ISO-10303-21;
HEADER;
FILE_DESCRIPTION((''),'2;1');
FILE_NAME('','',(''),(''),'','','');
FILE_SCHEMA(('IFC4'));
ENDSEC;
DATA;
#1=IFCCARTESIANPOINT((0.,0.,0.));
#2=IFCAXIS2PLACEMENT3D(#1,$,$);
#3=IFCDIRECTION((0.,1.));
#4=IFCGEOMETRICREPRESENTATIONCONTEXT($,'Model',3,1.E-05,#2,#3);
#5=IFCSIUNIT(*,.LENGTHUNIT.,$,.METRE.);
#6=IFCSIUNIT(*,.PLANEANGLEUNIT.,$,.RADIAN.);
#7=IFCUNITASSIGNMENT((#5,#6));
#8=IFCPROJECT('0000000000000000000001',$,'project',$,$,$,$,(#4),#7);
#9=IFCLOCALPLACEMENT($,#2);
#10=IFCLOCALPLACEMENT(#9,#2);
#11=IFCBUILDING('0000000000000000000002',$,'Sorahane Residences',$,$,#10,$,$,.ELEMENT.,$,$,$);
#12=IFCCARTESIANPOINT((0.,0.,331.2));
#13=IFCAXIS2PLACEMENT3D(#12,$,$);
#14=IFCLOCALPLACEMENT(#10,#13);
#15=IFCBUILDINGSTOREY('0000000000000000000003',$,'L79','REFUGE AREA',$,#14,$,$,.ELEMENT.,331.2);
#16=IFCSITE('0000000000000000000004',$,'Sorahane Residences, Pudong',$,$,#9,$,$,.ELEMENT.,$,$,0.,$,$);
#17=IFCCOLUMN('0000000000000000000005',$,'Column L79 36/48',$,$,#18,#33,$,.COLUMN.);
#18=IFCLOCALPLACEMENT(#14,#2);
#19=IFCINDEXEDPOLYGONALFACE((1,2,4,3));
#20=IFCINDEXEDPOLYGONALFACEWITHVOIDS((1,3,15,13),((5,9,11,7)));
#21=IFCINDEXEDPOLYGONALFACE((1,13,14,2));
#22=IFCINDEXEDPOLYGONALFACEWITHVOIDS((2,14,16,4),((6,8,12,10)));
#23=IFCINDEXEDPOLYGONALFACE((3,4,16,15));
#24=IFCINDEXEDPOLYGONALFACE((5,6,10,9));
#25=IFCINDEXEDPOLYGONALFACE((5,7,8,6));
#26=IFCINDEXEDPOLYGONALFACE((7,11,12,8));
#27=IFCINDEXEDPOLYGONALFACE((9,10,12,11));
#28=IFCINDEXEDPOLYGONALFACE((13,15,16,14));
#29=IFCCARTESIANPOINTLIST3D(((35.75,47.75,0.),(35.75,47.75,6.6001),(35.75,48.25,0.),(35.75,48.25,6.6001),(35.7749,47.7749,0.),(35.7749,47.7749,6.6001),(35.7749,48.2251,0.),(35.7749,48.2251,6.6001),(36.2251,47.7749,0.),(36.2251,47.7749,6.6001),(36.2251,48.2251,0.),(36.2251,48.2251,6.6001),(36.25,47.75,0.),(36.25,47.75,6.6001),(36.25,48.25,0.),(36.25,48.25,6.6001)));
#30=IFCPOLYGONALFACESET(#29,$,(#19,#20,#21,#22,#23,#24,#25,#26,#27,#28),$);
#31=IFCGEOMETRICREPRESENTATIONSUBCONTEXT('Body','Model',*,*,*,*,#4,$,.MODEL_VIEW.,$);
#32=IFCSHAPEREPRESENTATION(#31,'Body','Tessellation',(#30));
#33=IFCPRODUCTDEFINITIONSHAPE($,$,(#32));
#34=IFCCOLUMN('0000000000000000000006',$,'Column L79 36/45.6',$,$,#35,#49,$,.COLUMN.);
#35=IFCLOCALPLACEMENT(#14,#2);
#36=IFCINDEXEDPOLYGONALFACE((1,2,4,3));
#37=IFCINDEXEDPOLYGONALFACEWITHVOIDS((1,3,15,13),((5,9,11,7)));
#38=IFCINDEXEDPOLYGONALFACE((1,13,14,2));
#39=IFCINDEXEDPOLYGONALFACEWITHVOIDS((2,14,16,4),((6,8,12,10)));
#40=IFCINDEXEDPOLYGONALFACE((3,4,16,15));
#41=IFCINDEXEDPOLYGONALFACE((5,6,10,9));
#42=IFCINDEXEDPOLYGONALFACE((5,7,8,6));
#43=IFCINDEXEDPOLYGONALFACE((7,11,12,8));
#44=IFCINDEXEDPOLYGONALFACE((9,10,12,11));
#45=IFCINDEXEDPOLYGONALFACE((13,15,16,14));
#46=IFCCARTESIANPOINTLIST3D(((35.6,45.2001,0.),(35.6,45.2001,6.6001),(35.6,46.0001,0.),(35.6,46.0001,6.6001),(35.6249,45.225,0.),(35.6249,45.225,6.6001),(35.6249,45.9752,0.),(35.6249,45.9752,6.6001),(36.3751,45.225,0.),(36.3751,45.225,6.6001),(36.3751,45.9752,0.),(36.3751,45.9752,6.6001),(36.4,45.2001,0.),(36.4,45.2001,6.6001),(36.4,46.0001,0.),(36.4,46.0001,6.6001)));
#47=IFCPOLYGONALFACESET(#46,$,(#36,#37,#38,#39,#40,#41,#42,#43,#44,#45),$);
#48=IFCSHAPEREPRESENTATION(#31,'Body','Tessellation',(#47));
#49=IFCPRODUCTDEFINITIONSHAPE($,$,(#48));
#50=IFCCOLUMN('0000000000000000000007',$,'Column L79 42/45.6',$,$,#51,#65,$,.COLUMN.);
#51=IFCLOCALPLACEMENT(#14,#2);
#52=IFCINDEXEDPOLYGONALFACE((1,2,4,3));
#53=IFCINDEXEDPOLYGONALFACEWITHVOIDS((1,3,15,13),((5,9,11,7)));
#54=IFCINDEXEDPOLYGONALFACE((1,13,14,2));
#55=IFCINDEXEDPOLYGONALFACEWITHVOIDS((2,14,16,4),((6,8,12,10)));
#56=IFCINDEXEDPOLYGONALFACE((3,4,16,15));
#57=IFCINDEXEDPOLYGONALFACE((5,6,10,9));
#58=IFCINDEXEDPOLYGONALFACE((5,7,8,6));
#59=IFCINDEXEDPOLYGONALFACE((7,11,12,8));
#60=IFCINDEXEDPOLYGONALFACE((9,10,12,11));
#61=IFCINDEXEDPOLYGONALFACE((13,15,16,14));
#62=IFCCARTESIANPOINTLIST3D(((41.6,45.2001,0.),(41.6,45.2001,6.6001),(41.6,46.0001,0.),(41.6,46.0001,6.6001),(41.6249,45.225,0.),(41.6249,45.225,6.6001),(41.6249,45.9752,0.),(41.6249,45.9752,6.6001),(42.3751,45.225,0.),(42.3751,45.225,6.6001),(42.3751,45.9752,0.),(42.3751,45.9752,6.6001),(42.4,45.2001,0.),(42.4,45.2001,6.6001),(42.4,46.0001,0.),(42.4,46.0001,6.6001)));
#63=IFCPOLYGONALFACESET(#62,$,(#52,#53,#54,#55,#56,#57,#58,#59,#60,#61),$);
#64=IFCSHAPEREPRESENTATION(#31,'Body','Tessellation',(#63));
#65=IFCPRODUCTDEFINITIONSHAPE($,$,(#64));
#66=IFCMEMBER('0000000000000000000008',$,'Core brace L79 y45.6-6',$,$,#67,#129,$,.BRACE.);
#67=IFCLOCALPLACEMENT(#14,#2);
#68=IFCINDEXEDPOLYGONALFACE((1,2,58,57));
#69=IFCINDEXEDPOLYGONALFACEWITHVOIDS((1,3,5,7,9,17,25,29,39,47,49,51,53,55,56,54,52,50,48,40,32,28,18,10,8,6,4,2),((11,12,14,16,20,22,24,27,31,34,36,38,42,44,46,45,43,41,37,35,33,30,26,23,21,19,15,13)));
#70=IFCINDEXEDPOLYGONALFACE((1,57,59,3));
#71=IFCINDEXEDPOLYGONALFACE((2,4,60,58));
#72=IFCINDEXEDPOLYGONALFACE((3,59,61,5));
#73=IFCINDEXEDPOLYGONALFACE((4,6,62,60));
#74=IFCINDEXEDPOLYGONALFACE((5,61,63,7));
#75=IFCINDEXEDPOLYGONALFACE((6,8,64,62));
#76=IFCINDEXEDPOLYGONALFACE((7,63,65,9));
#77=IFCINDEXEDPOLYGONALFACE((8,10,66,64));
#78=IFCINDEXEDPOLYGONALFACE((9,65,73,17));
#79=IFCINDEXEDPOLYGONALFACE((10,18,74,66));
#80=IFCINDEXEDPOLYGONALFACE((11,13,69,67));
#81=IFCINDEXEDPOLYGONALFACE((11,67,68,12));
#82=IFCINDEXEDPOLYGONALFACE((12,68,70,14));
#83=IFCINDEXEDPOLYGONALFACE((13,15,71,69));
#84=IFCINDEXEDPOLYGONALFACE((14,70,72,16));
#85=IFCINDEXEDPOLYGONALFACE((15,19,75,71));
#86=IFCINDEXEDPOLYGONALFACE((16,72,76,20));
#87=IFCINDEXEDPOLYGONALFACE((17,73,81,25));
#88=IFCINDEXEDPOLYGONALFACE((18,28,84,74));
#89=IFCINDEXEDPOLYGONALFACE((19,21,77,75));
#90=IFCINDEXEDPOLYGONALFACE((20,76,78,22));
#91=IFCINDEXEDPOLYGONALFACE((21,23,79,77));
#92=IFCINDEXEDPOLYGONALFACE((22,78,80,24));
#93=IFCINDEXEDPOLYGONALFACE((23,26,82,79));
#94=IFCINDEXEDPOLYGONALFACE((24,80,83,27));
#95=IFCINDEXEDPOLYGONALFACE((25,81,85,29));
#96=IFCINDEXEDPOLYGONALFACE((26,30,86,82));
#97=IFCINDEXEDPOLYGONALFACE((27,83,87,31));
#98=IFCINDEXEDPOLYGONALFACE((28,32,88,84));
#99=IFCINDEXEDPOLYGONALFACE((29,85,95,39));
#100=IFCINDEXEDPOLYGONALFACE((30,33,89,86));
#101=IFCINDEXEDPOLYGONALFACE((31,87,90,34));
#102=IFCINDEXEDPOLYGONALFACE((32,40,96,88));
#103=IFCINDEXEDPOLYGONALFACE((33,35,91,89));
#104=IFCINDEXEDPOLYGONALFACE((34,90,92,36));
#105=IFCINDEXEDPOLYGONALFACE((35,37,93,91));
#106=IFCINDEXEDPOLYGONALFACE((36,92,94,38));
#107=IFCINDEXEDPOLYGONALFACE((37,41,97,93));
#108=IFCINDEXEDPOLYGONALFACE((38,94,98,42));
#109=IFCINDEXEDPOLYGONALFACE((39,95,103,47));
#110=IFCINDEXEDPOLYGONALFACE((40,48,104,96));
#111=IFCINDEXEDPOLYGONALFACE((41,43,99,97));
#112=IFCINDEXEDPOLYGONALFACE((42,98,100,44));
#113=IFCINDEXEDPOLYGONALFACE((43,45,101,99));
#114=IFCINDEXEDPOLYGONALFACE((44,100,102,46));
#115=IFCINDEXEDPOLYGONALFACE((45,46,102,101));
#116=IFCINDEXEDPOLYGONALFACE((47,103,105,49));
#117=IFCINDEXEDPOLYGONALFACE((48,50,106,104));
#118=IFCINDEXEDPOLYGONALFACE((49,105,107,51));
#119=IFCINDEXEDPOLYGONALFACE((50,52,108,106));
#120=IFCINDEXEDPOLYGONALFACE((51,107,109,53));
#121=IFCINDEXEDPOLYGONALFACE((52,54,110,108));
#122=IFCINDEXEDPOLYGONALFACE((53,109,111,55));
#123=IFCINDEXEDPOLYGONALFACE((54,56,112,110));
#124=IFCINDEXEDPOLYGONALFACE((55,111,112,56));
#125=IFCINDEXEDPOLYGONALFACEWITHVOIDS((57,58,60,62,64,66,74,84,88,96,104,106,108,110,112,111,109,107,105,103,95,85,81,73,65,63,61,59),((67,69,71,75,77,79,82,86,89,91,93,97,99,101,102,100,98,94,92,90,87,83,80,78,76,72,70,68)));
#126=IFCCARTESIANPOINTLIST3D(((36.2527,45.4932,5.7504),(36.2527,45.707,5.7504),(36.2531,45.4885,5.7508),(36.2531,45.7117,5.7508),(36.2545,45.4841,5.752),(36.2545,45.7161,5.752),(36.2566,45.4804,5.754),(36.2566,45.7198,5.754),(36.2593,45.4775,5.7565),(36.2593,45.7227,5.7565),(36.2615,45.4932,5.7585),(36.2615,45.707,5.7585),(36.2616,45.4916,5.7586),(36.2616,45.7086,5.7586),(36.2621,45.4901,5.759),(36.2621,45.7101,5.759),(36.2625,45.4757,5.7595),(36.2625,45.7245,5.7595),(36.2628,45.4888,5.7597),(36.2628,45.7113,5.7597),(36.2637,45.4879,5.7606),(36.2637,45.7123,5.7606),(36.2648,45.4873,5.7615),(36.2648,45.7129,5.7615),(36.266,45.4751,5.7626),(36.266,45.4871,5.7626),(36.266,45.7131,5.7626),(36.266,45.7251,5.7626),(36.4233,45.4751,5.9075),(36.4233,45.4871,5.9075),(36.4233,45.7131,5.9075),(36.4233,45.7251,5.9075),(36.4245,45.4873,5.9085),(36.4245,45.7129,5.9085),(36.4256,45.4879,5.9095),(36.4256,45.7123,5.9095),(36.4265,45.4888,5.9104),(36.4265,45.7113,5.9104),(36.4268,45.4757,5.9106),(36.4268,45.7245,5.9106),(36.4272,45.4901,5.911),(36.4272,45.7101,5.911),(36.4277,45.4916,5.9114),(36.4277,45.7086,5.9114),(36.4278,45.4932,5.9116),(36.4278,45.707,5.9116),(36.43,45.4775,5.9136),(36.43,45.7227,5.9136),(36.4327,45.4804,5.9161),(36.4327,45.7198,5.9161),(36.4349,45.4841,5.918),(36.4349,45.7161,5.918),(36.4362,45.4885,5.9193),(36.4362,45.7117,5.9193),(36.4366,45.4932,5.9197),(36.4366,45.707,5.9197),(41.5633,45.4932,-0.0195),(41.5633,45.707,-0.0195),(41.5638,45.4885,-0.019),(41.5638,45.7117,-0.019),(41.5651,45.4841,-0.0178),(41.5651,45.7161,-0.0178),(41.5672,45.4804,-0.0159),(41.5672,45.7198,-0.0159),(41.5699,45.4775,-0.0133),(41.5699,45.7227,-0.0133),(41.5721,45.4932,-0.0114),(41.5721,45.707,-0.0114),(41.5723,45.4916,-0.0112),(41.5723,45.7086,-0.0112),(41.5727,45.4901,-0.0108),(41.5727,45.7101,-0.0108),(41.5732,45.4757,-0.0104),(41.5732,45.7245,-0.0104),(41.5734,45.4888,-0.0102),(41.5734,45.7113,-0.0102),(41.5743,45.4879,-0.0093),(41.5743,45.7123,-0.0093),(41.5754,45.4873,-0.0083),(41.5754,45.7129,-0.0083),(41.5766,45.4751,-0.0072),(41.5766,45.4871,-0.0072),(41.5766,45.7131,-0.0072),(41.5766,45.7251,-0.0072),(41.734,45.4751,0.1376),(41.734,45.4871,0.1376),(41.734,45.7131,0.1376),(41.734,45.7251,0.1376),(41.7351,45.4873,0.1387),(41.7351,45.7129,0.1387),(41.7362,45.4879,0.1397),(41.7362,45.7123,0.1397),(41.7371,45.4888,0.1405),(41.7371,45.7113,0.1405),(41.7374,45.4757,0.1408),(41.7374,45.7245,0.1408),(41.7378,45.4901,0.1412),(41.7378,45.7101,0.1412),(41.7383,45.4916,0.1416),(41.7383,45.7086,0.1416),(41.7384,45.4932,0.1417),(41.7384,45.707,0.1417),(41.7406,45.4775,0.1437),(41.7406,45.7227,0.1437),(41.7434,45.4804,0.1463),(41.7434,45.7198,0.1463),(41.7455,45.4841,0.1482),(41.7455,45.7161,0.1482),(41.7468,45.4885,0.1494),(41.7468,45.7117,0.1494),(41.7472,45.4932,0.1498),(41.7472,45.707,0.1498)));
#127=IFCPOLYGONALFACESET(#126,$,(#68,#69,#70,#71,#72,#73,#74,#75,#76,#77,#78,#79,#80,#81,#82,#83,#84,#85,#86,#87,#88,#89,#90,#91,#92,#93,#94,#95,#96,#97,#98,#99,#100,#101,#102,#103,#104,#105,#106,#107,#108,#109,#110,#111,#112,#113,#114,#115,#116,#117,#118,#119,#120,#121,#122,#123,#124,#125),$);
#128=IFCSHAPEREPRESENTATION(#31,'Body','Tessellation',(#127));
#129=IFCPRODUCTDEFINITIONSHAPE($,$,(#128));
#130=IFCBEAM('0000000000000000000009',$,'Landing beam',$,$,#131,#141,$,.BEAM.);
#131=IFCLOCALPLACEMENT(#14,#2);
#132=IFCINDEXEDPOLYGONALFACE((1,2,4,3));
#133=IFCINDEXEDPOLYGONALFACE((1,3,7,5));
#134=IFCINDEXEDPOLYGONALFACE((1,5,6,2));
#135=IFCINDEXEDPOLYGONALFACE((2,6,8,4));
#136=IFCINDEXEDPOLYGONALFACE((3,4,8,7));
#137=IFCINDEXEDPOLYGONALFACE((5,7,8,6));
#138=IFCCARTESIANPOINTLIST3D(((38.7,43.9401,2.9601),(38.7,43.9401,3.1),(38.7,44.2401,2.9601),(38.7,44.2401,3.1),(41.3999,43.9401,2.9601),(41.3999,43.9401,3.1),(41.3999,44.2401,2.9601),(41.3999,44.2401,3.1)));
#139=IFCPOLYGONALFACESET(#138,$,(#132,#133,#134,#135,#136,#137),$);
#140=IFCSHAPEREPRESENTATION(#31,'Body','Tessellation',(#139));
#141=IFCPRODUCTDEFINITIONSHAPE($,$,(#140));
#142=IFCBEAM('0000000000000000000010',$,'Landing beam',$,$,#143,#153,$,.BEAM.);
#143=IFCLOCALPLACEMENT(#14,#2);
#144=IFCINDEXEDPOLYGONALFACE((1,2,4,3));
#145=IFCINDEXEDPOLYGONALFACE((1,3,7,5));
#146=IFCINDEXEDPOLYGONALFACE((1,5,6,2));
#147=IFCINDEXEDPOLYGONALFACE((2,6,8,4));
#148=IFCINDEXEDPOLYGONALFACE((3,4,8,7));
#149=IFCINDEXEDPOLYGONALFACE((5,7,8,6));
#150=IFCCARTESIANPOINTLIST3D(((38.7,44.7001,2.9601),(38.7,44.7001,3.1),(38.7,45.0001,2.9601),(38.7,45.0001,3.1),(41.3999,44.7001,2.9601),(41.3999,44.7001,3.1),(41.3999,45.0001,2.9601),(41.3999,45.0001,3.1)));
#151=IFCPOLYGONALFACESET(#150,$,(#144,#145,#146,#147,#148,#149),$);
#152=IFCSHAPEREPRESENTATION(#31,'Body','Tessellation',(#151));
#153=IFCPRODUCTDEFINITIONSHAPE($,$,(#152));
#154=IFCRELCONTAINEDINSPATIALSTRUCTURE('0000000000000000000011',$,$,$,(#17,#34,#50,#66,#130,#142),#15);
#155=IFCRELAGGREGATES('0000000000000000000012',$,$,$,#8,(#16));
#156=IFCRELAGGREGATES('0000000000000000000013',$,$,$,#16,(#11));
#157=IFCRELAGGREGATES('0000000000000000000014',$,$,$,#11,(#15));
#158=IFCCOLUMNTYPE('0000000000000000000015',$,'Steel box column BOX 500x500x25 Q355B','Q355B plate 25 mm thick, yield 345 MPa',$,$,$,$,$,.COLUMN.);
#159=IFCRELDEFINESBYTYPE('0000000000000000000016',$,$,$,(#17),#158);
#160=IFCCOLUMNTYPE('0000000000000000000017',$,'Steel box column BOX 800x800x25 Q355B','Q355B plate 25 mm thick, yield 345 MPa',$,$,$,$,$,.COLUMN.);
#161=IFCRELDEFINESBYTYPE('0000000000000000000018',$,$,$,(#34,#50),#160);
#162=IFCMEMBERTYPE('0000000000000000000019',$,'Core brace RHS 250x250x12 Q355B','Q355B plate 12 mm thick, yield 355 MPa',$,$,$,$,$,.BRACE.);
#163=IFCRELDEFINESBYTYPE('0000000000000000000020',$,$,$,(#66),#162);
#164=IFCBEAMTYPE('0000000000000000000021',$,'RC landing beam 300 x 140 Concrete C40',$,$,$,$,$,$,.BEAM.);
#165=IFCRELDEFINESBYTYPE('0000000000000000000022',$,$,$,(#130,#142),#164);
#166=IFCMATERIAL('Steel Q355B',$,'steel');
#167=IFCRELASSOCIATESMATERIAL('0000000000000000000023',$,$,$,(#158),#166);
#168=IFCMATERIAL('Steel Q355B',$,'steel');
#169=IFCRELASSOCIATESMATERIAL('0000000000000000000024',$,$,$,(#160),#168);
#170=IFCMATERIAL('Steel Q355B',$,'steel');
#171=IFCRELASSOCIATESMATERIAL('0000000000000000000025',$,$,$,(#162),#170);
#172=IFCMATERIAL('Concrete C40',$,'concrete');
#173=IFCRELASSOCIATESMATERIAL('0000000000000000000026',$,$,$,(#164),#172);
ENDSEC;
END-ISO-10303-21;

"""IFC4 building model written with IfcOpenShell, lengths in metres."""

from ifc_helpers import new_model, si_unit, direction, frame, origin, origin_2d, place, context, subcontext, project, spatial, rectangle, hollow_rectangle, extrude, material, material_profile, profile_set, type_object, element, save


model = new_model("IFC4")

# Units and contexts
model_context = context("Model", 3, precision=1e-05, world=origin(), true_north=direction((0.0, 1.0)))
body_context = subcontext(model_context, "Body", "Model", "MODEL_VIEW")
ifc_project = project(units=[si_unit("LENGTHUNIT", "METRE"), si_unit("PLANEANGLEUNIT", "RADIAN")], contexts=[model_context])

# Site, building, storey
site_placement = place(None, origin())
site = spatial("IfcSite", under=ifc_project, at=site_placement, Name="Sorahane Residences, Pudong", CompositionType="ELEMENT", RefElevation=0.0)
building_placement = place(site_placement, origin())
building = spatial("IfcBuilding", under=site, at=building_placement, Name="Sorahane Residences", CompositionType="ELEMENT")
storey_placement = place(building_placement, frame((0.0, 0.0, 331.2)))
storey = spatial("IfcBuildingStorey", under=building, at=storey_placement, Name="L79", Description="REFUGE AREA", CompositionType="ELEMENT", Elevation=331.2)

# Columns
ifc_material_1 = material(Name="Steel Q355B", Category="steel")
ifc_material_profile_1 = material_profile(ifc_material_1, hollow_rectangle(XDim=0.5, YDim=0.5, WallThickness=0.0249, at=origin_2d()), Name="BOX 500x500x25")
ifc_profile_set_1 = profile_set([ifc_material_profile_1], Name="Steel Q355B")
column_type_1 = type_object("IfcColumnType", Name="Steel box column BOX 500x500x25 Q355B", Description="Q355B plate 25 mm thick, yield 345 MPa", PredefinedType="COLUMN", material=ifc_profile_set_1)
column_placement = place(storey_placement, frame((36.0, 48.0, 0.0), z_axis=(0.0, 0.0, 1.0), x_axis=(1.0, 0.0, 0.0)))
element("IfcColumn", 1, at=column_placement, inside=storey, type_object=column_type_1, Name="Column L79 36/48", PredefinedType="COLUMN", context=body_context, shape_type="SweptSolid", body=[
    extrude(hollow_rectangle(XDim=0.5, YDim=0.5, WallThickness=0.0249, at=origin_2d()), origin(), (0.0, 0.0, 1.0), 6.6001),
])
ifc_material_2 = material(Name="Steel Q355B", Category="steel")
ifc_material_profile_2 = material_profile(ifc_material_2, hollow_rectangle(XDim=0.8, YDim=0.8, WallThickness=0.0249, at=origin_2d()), Name="BOX 800x800x25")
ifc_profile_set_2 = profile_set([ifc_material_profile_2], Name="Steel Q355B")
column_type_2 = type_object("IfcColumnType", Name="Steel box column BOX 800x800x25 Q355B", Description="Q355B plate 25 mm thick, yield 345 MPa", PredefinedType="COLUMN", material=ifc_profile_set_2)
for number, where, z_axis, x_axis, name in (
    (2, (36.0, 45.6001, 0.0), (0.0, 0.0, 1.0), (1.0, 0.0, 0.0), "Column L79 36/45.6"),
    (3, (42.0, 45.6001, 0.0), (0.0, 0.0, 1.0), (1.0, 0.0, 0.0), "Column L79 42/45.6"),
):
    element("IfcColumn", number, at=place(storey_placement, frame(where, z_axis=z_axis, x_axis=x_axis)), inside=storey, type_object=column_type_2, Name=name, PredefinedType="COLUMN", context=body_context, shape_type="SweptSolid", body=[
        extrude(hollow_rectangle(XDim=0.8, YDim=0.8, WallThickness=0.0249, at=origin_2d()), origin(), (0.0, 0.0, 1.0), 6.6001),
    ])

# Member
ifc_material_3 = material(Name="Steel Q355B", Category="steel")
ifc_material_profile_3 = material_profile(ifc_material_3, hollow_rectangle(XDim=0.25, YDim=0.25, WallThickness=0.012, InnerFilletRadius=0.0061, OuterFilletRadius=0.0181, at=origin_2d()), Name="RHS 250x250x12")
ifc_profile_set_3 = profile_set([ifc_material_profile_3], Name="Steel Q355B")
member_type = type_object("IfcMemberType", Name="Core brace RHS 250x250x12 Q355B", Description="Q355B plate 12 mm thick, yield 355 MPa", PredefinedType="BRACE", material=ifc_profile_set_3)
member_placement = place(storey_placement, frame((41.6553, 45.6001, 0.0652), z_axis=(-0.677219, 0.0, 0.735781), x_axis=(0.0, -1.0, 0.0)))
element("IfcMember", 4, at=member_placement, inside=storey, type_object=member_type, Name="Core brace L79 y45.6-6", PredefinedType="BRACE", context=body_context, shape_type="SweptSolid", body=[
    extrude(hollow_rectangle(XDim=0.25, YDim=0.25, WallThickness=0.012, InnerFilletRadius=0.0061, OuterFilletRadius=0.0181, at=origin_2d()), origin(), (0.0, 0.0, 1.0), 7.8418),
])

# Beams
ifc_material_4 = material(Name="Concrete C40", Category="concrete")
ifc_material_profile_4 = material_profile(ifc_material_4, rectangle(XDim=0.3, YDim=0.1399, at=origin_2d()), Name="300x140")
ifc_profile_set_4 = profile_set([ifc_material_profile_4], Name="Concrete C40")
beam_type_1 = type_object("IfcBeamType", Name="RC landing beam 300 x 140 Concrete C40", PredefinedType="BEAM", material=ifc_profile_set_4)
for number, where, z_axis, x_axis, name in (
    (5, (38.7, 44.0901, 3.03), (1.0, 0.0, 0.0), (0.0, 1.0, 0.0), "Landing beam"),
    (6, (38.7, 44.8501, 3.03), (1.0, 0.0, 0.0), (0.0, 1.0, 0.0), "Landing beam"),
):
    element("IfcBeam", number, at=place(storey_placement, frame(where, z_axis=z_axis, x_axis=x_axis)), inside=storey, type_object=beam_type_1, Name=name, PredefinedType="BEAM", context=body_context, shape_type="SweptSolid", body=[
        extrude(rectangle(XDim=0.3, YDim=0.1399, at=origin_2d()), origin(), (0.0, 0.0, 1.0), 2.7),
    ])

save(model, "model.ifc")
